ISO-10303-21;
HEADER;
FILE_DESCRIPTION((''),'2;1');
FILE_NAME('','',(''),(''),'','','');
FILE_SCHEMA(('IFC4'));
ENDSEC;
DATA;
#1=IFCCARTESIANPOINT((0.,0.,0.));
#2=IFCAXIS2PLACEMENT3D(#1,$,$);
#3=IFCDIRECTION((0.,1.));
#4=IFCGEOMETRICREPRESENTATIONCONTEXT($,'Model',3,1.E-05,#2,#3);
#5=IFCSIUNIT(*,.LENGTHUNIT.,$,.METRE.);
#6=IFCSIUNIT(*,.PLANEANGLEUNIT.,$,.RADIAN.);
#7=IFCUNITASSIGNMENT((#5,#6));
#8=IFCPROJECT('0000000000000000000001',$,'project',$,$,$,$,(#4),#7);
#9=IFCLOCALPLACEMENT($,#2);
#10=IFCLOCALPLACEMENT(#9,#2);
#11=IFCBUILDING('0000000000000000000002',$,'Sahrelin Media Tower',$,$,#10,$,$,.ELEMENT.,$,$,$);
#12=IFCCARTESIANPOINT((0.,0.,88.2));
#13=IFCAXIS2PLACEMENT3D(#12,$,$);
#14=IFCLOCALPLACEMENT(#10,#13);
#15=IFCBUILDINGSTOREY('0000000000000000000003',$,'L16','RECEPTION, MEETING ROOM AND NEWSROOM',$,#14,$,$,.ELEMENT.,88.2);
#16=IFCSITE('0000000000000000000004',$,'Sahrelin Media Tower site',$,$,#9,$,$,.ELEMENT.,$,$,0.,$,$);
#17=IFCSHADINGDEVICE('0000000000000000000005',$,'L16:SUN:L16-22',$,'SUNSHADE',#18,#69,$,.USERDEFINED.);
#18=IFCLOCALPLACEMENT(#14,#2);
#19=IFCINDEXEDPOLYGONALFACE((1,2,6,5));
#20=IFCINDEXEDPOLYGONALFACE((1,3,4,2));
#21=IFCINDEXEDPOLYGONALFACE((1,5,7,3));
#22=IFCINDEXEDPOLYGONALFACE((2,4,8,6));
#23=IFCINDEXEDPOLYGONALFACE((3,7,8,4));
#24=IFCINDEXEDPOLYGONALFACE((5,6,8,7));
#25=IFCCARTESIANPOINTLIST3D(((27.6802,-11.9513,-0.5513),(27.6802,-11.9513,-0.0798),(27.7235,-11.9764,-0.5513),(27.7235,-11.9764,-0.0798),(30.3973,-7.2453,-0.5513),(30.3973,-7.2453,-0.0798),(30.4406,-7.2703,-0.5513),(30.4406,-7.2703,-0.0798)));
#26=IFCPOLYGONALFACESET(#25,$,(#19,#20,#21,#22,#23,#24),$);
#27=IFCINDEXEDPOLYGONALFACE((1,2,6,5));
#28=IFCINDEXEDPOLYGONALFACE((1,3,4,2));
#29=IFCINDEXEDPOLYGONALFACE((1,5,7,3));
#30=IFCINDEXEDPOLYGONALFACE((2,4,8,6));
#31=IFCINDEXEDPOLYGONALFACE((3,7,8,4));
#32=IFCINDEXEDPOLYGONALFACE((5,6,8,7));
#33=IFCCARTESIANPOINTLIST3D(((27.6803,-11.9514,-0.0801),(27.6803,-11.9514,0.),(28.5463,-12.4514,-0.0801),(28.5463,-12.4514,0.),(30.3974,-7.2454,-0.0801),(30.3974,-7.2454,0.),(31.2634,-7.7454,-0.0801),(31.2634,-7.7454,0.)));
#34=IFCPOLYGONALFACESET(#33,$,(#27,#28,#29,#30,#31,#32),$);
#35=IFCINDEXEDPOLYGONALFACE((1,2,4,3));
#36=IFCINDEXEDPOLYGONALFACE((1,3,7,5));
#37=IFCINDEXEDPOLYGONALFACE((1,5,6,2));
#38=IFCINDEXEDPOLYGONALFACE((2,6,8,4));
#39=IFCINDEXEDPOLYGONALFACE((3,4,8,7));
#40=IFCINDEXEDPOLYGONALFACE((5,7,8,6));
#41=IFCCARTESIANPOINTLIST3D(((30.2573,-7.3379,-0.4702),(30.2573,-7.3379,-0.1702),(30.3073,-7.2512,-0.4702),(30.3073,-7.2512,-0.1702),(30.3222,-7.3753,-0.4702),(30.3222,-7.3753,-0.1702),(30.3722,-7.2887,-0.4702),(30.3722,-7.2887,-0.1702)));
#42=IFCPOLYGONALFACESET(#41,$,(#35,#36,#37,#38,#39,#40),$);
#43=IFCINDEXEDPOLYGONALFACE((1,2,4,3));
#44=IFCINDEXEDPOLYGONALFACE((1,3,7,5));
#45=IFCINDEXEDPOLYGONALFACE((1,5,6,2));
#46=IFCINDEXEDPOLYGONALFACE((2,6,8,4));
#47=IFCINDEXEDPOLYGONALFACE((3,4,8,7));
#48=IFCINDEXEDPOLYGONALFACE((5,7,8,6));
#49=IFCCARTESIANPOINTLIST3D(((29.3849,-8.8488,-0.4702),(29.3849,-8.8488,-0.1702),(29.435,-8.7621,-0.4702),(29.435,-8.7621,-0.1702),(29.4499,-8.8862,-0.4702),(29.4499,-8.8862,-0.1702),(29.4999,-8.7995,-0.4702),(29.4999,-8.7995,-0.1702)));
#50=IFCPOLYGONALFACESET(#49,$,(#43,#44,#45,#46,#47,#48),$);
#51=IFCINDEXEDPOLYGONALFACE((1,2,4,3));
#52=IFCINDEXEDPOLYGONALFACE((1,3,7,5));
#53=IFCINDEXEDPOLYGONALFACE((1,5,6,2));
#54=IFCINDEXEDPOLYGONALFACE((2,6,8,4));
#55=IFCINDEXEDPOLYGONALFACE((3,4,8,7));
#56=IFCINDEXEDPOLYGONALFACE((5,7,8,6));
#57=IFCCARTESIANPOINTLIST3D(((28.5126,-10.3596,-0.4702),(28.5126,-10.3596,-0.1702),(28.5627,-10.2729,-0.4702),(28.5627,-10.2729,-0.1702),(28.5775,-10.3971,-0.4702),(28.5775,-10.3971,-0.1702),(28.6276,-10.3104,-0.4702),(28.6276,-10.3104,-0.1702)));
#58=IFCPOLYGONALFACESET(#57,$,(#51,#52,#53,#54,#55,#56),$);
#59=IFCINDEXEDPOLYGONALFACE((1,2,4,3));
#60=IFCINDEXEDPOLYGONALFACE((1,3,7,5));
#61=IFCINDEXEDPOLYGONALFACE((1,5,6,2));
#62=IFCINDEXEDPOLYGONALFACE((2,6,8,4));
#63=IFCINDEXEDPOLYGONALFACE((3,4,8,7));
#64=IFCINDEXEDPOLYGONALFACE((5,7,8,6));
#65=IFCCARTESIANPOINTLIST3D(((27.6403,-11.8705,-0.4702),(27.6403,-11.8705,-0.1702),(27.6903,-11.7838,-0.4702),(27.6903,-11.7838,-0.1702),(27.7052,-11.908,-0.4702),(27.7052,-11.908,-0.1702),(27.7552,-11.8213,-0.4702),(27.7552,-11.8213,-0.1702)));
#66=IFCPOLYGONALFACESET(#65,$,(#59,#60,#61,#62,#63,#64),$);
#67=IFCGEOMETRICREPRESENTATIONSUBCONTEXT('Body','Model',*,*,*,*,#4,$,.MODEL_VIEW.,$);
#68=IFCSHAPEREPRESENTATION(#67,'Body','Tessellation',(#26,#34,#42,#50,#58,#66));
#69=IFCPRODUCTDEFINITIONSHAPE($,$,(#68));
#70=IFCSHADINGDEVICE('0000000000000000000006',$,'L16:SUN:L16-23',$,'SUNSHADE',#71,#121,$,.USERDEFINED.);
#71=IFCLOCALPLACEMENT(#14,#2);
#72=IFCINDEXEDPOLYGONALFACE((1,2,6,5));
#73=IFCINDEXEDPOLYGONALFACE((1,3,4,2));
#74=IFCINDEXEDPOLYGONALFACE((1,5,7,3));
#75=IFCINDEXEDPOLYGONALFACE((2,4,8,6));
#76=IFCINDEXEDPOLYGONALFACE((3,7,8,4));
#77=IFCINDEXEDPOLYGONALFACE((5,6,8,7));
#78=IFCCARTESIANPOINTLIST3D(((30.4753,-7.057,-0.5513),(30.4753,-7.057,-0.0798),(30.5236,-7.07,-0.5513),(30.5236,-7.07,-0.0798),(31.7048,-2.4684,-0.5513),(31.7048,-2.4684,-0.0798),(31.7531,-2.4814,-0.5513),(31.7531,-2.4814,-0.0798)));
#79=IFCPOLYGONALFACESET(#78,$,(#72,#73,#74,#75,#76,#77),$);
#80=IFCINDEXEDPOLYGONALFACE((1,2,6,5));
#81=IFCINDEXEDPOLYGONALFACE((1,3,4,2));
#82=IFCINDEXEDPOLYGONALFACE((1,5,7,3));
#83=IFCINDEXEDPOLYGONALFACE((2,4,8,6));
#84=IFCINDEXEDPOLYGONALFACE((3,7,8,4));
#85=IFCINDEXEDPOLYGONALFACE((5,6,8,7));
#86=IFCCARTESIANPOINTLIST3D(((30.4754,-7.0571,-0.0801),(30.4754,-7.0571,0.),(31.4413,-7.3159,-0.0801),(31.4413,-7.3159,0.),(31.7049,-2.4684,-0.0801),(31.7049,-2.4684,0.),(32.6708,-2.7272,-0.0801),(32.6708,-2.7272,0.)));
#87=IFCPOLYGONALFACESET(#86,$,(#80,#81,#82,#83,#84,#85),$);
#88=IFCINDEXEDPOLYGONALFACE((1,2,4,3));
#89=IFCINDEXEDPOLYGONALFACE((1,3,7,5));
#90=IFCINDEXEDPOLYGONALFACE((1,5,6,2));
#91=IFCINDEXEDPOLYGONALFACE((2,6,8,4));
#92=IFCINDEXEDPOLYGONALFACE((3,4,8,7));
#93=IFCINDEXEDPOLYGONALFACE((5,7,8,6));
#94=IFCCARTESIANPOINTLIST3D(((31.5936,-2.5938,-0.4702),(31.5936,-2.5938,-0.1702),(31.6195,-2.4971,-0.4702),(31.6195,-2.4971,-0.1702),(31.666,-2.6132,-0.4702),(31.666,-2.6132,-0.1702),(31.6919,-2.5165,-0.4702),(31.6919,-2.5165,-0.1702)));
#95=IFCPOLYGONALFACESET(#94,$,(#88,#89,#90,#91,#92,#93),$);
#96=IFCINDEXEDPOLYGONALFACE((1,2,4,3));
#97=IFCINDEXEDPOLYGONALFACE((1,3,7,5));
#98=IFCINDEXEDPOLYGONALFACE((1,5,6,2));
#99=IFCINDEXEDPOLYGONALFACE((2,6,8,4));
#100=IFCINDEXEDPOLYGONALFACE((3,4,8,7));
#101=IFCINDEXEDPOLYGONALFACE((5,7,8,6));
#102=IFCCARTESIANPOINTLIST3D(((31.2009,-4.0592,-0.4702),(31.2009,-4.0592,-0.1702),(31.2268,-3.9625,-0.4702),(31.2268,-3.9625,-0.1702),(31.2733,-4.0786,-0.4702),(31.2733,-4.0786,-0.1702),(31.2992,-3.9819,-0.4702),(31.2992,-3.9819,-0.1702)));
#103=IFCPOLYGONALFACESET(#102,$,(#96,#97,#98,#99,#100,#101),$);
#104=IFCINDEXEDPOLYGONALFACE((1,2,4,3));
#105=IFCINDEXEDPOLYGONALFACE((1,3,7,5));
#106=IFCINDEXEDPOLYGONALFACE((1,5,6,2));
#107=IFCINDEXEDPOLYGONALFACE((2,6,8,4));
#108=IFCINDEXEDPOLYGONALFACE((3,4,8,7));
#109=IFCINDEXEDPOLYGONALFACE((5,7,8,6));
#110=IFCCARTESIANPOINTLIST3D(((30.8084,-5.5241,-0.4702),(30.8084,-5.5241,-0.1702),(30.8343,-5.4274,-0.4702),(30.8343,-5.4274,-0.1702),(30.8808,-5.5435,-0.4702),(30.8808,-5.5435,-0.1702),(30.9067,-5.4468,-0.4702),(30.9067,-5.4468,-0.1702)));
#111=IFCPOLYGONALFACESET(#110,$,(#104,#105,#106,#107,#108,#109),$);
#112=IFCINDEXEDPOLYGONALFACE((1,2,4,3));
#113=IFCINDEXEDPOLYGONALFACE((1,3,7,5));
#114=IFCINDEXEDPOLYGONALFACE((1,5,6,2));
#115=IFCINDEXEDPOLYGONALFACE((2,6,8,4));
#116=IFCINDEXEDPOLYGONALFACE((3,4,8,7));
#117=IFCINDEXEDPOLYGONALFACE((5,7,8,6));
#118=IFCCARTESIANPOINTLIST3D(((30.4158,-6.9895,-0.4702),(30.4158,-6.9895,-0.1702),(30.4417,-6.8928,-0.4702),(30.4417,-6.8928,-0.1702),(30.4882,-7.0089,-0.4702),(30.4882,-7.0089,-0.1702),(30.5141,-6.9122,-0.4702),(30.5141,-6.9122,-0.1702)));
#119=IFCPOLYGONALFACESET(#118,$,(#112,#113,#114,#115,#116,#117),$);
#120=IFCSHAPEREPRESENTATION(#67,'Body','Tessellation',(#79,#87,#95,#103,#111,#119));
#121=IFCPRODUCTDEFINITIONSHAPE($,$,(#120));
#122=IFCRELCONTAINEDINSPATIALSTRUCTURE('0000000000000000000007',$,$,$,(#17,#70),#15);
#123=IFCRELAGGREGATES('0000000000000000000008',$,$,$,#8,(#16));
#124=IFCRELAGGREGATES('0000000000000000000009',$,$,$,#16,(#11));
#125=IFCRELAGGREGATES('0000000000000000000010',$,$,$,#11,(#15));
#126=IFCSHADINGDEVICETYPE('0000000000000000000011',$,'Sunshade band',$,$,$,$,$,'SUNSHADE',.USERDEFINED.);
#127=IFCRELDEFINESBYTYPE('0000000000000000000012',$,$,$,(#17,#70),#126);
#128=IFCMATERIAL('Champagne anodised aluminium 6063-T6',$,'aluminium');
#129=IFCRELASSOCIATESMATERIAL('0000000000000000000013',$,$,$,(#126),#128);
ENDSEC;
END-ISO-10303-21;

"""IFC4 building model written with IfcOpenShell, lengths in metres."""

from ifc_helpers import new_model, si_unit, direction, frame, origin, origin_2d, place, context, subcontext, project, spatial, rectangle, extrude, material, type_object, element, save


model = new_model("IFC4")

# Units and contexts
model_context = context("Model", 3, precision=1e-05, world=origin(), true_north=direction((0.0, 1.0)))
body_context = subcontext(model_context, "Body", "Model", "MODEL_VIEW")
ifc_project = project(units=[si_unit("LENGTHUNIT", "METRE"), si_unit("PLANEANGLEUNIT", "RADIAN")], contexts=[model_context])

# Site, building, storey
site_placement = place(None, origin())
site = spatial("IfcSite", under=ifc_project, at=site_placement, Name="Sahrelin Media Tower site", CompositionType="ELEMENT", RefElevation=0.0)
building_placement = place(site_placement, origin())
building = spatial("IfcBuilding", under=site, at=building_placement, Name="Sahrelin Media Tower", CompositionType="ELEMENT")
storey_placement = place(building_placement, frame((0.0, 0.0, 88.2)))
storey = spatial("IfcBuildingStorey", under=building, at=storey_placement, Name="L16", Description="RECEPTION, MEETING ROOM AND NEWSROOM", CompositionType="ELEMENT", Elevation=88.2)

# Shared definitions
ifc_material_1 = material(Name="Champagne anodised aluminium 6063-T6", Category="aluminium")

# Shading devices
placement_1 = place(storey_placement, frame((29.0215, -9.5884, 0.0), z_axis=(0.0, 0.0, 1.0), x_axis=(-0.500011, -0.866019, 0.0)))
placement_2 = place(storey_placement, frame((31.0708, -4.7576, 0.0), z_axis=(0.0, 0.0, 1.0), x_axis=(-0.258808, -0.965929, 0.0)))
shading_device_type_1 = type_object("IfcShadingDeviceType", Name="Sunshade band", ElementType="SUNSHADE", PredefinedType="USERDEFINED", material=ifc_material_1)
element("IfcShadingDevice", 1, at=placement_1, inside=storey, type_object=shading_device_type_1, Name="L16:SUN:L16-22", ObjectType="SUNSHADE", PredefinedType="USERDEFINED", context=body_context, shape_type="SweptSolid", body=[
    extrude(rectangle(XDim=5.4341, YDim=0.05, at=origin_2d()), frame((0.0, 0.0449, -0.5513)), (0.0, 0.0, 1.0), 0.4714),
    extrude(rectangle(XDim=5.4341, YDim=1.0, at=origin_2d()), frame((0.0, 0.52, -0.0801)), (0.0, 0.0, 1.0), 0.0801),
    extrude(rectangle(XDim=0.1001, YDim=0.075, at=origin_2d()), frame((-2.6169, -0.0176, -0.4702)), (0.0, 0.0, 1.0), 0.3),
    extrude(rectangle(XDim=0.1001, YDim=0.075, at=origin_2d()), frame((-0.8723, -0.0176, -0.4702)), (0.0, 0.0, 1.0), 0.3),
    extrude(rectangle(XDim=0.1001, YDim=0.075, at=origin_2d()), frame((0.8723, -0.0176, -0.4702)), (0.0, 0.0, 1.0), 0.3),
    extrude(rectangle(XDim=0.1001, YDim=0.075, at=origin_2d()), frame((2.6169, -0.0176, -0.4702)), (0.0, 0.0, 1.0), 0.3),
])
element("IfcShadingDevice", 2, at=placement_2, inside=storey, type_object=shading_device_type_1, Name="L16:SUN:L16-23", ObjectType="SUNSHADE", PredefinedType="USERDEFINED", context=body_context, shape_type="SweptSolid", body=[
    extrude(rectangle(XDim=4.7505, YDim=0.05, at=origin_2d()), frame((0.0, 0.0449, -0.5513)), (0.0, 0.0, 1.0), 0.4714),
    extrude(rectangle(XDim=4.7505, YDim=1.0, at=origin_2d()), frame((0.0, 0.52, -0.0801)), (0.0, 0.0, 1.0), 0.0801),
    extrude(rectangle(XDim=0.1001, YDim=0.075, at=origin_2d()), frame((-2.2754, -0.0176, -0.4702)), (0.0, 0.0, 1.0), 0.3),
    extrude(rectangle(XDim=0.1001, YDim=0.075, at=origin_2d()), frame((-0.7583, -0.0176, -0.4702)), (0.0, 0.0, 1.0), 0.3),
    extrude(rectangle(XDim=0.1001, YDim=0.075, at=origin_2d()), frame((0.7583, -0.0176, -0.4702)), (0.0, 0.0, 1.0), 0.3),
    extrude(rectangle(XDim=0.1001, YDim=0.075, at=origin_2d()), frame((2.2754, -0.0176, -0.4702)), (0.0, 0.0, 1.0), 0.3),
])

save(model, "model.ifc")
